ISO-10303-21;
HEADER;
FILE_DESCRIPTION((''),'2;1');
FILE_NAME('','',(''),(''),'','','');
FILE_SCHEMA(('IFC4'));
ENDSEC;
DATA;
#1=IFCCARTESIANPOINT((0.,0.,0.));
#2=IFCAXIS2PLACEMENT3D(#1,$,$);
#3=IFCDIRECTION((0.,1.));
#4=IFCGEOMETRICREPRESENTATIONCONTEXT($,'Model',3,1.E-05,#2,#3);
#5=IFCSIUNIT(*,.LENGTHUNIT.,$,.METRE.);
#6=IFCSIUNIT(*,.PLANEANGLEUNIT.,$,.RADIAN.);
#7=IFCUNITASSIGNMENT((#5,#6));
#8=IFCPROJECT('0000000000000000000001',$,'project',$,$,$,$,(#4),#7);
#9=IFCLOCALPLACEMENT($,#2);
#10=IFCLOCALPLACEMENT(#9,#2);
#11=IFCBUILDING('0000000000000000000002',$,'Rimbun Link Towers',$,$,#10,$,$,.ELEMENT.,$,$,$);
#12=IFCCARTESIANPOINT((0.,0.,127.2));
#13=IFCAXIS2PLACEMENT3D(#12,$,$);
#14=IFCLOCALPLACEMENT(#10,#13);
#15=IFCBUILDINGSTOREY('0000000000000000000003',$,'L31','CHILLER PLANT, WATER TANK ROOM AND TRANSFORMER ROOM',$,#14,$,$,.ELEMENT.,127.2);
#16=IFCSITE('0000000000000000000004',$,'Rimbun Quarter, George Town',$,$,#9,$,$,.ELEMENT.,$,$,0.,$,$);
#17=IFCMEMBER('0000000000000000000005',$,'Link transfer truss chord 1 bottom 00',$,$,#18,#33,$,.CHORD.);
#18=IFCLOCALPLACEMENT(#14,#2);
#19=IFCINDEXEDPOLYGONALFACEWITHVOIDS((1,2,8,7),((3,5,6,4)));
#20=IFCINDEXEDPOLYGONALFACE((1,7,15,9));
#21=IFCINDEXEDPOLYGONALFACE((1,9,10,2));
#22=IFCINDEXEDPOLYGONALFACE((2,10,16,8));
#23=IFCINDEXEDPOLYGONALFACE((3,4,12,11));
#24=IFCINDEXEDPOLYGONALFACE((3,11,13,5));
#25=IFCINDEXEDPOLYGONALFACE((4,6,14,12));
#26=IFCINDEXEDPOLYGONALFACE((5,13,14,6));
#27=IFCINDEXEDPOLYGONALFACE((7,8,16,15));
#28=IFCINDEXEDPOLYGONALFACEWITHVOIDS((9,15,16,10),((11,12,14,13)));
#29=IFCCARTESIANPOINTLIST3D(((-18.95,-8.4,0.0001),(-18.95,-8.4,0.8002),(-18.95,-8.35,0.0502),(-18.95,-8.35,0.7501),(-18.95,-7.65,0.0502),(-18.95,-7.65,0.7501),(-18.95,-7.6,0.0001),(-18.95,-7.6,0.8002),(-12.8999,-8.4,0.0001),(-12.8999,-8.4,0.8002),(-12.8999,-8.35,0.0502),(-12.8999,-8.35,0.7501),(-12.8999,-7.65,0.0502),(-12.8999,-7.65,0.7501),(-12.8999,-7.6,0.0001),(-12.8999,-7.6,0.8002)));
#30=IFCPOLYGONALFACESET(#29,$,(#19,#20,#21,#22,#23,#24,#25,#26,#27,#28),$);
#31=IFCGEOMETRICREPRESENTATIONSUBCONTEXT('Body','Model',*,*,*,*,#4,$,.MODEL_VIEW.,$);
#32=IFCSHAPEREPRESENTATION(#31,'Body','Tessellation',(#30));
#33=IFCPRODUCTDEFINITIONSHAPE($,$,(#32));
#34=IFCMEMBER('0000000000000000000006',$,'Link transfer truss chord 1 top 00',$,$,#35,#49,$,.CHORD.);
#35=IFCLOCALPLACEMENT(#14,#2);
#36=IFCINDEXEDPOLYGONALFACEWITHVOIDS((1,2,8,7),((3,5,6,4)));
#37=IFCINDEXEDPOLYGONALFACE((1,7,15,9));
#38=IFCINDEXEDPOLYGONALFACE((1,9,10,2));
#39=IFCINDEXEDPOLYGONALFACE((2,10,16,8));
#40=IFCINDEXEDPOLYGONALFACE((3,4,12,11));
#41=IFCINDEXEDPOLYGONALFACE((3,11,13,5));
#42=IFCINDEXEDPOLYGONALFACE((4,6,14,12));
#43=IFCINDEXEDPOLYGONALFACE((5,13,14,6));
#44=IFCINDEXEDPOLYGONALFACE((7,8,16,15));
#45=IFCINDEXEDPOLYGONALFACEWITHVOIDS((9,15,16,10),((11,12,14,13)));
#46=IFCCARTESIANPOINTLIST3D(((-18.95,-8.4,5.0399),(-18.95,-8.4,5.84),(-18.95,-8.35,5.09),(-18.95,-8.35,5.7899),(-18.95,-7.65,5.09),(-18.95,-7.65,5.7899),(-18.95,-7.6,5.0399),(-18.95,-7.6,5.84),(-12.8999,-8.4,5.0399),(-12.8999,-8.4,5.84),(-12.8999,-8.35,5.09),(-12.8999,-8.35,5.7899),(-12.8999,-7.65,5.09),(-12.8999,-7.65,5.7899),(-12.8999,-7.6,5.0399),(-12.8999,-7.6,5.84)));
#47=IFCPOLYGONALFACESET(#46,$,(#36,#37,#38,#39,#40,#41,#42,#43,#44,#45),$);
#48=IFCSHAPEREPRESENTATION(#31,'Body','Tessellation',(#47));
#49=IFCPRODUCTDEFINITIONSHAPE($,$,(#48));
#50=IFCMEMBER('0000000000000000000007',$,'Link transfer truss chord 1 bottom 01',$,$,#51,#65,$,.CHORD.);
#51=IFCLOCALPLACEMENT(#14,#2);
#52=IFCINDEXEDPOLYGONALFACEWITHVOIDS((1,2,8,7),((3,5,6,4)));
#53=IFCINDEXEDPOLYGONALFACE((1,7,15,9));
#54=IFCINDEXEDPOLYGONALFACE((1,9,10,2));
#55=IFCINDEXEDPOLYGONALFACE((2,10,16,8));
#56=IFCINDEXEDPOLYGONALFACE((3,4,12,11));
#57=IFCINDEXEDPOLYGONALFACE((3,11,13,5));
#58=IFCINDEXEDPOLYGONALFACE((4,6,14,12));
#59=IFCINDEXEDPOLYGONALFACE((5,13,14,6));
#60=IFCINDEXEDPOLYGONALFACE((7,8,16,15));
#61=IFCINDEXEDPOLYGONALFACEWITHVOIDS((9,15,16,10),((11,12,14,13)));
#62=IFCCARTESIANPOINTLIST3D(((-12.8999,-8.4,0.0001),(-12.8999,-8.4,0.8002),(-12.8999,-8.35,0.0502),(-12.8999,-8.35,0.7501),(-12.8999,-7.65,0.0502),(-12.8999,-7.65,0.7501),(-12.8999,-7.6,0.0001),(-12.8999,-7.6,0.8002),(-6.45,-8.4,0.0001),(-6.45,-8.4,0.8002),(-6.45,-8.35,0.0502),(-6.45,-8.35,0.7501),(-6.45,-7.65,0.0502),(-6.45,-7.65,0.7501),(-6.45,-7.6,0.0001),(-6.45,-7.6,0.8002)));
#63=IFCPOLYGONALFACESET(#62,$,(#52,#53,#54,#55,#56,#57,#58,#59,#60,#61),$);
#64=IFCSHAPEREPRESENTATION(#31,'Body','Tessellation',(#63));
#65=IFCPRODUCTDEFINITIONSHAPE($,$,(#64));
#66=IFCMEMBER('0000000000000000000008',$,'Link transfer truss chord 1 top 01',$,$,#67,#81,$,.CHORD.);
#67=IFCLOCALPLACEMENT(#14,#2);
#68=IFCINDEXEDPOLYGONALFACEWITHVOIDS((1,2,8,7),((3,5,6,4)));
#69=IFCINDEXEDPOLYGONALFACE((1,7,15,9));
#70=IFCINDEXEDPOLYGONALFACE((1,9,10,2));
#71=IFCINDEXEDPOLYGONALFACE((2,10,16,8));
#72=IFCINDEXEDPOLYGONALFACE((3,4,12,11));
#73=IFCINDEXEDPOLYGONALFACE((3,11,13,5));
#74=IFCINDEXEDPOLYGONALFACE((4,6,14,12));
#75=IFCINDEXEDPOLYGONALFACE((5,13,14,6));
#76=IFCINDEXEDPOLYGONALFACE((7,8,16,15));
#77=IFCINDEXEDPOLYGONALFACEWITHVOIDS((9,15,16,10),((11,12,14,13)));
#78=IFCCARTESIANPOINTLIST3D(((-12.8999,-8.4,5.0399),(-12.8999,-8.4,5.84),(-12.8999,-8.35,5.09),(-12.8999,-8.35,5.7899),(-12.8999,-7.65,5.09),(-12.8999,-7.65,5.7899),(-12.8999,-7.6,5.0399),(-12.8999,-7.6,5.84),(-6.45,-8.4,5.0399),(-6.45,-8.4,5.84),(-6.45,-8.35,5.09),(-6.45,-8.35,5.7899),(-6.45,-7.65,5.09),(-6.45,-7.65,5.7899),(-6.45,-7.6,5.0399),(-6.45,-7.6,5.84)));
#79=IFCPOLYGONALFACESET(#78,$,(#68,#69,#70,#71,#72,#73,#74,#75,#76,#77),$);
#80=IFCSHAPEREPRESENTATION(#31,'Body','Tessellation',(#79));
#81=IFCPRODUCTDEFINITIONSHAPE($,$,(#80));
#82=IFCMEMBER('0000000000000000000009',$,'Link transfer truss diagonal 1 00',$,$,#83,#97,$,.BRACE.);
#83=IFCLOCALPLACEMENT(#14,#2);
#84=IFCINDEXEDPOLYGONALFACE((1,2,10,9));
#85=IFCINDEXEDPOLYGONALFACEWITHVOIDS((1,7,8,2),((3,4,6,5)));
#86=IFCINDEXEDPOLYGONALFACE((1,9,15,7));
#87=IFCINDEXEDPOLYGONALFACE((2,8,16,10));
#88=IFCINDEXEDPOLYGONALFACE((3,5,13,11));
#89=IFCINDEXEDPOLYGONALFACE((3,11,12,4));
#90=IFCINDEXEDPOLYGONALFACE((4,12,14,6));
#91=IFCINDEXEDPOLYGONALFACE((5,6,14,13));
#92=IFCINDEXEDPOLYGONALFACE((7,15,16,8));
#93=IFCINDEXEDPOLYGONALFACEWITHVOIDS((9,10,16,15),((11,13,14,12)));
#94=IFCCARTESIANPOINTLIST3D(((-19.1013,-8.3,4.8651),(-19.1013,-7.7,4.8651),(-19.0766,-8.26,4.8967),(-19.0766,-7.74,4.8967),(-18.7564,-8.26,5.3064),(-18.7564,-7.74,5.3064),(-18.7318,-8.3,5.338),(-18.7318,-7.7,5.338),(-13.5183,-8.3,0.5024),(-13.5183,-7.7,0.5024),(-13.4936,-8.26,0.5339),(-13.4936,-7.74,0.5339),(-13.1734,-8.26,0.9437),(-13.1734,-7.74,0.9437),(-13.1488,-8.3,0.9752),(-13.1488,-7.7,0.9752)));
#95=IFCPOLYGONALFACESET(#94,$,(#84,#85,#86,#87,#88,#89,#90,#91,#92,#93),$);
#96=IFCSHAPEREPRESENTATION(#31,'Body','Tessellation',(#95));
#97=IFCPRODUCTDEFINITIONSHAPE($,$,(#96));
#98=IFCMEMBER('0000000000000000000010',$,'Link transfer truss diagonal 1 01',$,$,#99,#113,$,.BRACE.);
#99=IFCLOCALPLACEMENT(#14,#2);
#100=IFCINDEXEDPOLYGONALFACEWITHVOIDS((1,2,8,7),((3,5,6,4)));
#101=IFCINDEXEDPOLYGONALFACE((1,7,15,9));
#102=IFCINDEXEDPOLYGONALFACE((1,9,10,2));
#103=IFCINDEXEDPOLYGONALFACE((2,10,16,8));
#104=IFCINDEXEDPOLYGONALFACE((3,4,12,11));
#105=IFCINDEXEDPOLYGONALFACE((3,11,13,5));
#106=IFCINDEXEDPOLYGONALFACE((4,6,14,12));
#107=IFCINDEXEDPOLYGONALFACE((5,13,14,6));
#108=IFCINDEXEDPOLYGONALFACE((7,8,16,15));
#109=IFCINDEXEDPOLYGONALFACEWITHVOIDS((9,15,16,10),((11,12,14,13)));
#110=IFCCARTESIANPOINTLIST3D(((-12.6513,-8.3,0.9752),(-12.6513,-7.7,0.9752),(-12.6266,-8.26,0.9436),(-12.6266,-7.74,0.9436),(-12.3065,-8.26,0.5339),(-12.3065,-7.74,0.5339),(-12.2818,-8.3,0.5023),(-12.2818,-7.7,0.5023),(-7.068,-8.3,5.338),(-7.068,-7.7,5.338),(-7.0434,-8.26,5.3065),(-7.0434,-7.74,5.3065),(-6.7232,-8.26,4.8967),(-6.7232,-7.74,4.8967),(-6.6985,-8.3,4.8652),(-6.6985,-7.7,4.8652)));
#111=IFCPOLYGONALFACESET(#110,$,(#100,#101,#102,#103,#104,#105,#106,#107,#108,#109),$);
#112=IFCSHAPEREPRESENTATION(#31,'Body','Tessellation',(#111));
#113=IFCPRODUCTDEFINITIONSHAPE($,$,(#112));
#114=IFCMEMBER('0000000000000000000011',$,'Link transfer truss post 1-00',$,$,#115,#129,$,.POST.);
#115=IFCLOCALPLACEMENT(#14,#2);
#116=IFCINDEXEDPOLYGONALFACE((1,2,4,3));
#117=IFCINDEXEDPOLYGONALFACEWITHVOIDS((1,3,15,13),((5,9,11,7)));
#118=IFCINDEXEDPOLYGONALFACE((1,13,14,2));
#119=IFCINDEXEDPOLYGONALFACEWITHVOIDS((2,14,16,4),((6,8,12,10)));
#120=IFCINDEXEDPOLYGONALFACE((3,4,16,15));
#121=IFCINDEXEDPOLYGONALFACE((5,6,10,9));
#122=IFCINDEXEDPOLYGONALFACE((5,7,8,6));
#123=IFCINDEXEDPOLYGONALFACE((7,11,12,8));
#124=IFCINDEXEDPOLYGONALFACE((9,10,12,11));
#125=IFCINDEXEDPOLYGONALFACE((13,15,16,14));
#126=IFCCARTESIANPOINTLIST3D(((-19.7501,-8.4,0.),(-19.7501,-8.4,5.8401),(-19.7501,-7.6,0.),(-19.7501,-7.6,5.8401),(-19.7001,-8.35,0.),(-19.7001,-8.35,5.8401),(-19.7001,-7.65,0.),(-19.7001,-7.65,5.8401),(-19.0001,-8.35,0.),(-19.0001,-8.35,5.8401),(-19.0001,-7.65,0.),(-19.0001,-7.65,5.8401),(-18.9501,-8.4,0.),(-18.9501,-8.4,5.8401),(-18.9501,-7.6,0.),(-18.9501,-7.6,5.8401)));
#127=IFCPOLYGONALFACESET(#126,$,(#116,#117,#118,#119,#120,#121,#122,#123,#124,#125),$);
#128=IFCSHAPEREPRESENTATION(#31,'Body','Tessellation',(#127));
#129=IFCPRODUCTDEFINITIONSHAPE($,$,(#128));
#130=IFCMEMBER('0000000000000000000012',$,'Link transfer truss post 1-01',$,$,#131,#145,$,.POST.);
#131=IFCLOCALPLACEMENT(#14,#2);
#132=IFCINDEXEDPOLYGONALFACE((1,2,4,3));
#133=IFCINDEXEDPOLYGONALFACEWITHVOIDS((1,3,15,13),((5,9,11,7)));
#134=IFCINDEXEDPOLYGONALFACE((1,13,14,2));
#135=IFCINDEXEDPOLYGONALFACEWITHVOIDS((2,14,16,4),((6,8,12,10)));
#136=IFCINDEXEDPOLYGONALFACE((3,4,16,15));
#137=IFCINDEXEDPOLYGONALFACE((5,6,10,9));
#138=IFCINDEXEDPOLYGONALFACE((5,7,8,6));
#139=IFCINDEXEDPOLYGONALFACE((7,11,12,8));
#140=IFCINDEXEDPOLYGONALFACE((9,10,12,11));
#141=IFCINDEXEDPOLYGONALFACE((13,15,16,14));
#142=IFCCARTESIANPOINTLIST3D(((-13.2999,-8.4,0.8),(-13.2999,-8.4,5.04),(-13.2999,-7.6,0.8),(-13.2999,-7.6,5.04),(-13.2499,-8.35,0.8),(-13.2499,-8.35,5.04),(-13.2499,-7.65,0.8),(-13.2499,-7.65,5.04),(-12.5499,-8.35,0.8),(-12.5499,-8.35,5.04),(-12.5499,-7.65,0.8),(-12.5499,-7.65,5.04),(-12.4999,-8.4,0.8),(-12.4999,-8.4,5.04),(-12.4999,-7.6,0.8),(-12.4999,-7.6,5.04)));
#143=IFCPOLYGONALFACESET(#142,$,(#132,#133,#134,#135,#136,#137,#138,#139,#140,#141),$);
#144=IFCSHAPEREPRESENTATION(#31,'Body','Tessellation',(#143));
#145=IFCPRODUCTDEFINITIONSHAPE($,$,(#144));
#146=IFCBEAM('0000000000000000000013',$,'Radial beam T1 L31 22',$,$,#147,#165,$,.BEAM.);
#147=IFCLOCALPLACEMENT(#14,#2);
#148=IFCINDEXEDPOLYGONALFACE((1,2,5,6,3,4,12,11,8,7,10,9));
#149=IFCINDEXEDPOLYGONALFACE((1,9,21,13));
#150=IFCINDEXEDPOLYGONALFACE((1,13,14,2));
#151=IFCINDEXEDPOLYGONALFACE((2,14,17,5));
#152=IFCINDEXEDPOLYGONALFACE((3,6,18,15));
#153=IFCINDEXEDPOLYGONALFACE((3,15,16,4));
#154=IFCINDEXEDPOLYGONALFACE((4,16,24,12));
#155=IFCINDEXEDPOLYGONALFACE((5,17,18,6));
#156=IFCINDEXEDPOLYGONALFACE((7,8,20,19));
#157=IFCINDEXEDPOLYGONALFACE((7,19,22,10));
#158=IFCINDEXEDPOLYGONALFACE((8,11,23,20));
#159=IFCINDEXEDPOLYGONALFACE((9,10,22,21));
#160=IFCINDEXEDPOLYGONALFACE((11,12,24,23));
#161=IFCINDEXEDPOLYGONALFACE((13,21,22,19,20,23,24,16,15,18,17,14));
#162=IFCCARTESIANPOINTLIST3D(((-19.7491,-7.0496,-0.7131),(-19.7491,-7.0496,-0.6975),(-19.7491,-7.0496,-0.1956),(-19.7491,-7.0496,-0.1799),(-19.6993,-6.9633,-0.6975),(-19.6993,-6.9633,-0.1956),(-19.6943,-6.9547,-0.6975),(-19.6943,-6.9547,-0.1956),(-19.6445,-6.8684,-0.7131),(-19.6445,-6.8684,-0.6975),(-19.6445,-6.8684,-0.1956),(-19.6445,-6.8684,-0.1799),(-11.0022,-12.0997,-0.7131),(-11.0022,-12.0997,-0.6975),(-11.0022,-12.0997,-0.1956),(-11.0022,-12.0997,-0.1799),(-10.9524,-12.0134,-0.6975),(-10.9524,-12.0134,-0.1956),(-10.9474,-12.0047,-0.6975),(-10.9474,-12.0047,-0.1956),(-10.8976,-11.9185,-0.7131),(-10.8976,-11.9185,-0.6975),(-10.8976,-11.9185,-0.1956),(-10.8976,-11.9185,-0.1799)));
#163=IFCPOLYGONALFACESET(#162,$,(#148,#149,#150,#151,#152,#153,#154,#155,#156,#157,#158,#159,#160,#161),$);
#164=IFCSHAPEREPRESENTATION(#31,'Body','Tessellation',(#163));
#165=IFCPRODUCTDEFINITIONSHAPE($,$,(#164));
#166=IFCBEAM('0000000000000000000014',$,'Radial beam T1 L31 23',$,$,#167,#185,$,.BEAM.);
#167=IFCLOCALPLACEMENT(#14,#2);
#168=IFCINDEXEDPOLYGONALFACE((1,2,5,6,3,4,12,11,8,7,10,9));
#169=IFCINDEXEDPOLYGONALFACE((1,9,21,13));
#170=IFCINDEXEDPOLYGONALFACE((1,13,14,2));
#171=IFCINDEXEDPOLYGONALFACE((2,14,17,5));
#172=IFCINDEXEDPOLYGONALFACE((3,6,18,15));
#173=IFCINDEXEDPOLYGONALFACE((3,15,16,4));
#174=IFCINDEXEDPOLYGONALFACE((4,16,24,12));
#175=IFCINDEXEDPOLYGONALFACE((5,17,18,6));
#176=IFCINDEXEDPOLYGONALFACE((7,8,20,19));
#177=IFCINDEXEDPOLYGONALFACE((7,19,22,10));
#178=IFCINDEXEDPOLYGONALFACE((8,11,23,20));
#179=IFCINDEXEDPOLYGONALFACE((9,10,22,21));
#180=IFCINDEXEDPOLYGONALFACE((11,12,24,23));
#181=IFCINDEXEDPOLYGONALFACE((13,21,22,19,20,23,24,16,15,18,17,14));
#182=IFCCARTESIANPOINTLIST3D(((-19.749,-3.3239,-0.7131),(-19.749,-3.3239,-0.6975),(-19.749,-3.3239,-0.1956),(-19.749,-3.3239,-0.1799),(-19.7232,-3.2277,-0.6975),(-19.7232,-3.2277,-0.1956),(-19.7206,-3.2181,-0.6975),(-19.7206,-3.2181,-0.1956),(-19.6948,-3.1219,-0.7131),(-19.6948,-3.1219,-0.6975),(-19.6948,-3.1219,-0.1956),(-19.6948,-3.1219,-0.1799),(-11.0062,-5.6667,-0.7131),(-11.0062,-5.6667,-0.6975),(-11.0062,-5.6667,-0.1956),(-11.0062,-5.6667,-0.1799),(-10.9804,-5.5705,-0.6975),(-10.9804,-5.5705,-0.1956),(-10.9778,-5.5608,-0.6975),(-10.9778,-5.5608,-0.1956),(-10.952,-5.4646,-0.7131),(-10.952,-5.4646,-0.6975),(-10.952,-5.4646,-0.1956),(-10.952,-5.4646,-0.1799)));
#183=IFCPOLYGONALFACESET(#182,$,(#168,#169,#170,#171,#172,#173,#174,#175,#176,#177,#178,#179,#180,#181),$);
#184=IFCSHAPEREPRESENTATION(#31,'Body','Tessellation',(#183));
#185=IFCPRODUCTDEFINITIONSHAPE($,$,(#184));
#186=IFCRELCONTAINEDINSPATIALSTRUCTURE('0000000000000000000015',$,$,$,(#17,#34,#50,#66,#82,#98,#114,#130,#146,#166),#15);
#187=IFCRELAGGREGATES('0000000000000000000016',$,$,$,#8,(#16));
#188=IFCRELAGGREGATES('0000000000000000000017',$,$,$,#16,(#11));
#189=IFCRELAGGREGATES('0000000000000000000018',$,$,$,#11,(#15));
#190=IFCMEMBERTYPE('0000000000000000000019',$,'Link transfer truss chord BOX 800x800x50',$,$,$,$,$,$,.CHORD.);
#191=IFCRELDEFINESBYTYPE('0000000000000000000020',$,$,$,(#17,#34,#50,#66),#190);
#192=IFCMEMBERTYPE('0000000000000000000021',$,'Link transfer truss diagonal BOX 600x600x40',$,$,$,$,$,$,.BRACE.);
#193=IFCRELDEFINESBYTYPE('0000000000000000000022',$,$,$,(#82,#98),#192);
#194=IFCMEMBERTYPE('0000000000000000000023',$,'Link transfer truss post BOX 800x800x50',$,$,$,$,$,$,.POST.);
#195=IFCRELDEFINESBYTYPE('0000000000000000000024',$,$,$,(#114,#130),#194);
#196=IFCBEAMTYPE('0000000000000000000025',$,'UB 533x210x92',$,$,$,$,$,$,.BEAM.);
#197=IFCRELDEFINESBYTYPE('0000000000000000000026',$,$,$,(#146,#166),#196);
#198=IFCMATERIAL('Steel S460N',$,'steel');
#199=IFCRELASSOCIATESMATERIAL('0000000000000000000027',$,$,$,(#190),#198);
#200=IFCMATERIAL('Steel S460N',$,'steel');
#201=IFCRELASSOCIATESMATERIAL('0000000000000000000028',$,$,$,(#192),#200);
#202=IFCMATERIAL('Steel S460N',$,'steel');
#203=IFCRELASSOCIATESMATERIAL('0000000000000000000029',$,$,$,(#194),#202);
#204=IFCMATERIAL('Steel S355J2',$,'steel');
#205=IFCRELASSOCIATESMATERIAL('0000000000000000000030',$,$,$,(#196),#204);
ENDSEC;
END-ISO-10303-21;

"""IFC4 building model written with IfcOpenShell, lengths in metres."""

from ifc_helpers import new_model, si_unit, direction, frame, origin, origin_2d, place, context, subcontext, project, spatial, hollow_rectangle, i_section, extrude, material, material_profile, profile_set, type_object, element, save


model = new_model("IFC4")

# Units and contexts
model_context = context("Model", 3, precision=1e-05, world=origin(), true_north=direction((0.0, 1.0)))
body_context = subcontext(model_context, "Body", "Model", "MODEL_VIEW")
ifc_project = project(units=[si_unit("LENGTHUNIT", "METRE"), si_unit("PLANEANGLEUNIT", "RADIAN")], contexts=[model_context])

# Site, building, storey
site_placement = place(None, origin())
site = spatial("IfcSite", under=ifc_project, at=site_placement, Name="Rimbun Quarter, George Town", CompositionType="ELEMENT", RefElevation=0.0)
building_placement = place(site_placement, origin())
building = spatial("IfcBuilding", under=site, at=building_placement, Name="Rimbun Link Towers", CompositionType="ELEMENT")
storey_placement = place(building_placement, frame((0.0, 0.0, 127.2)))
storey = spatial("IfcBuildingStorey", under=building, at=storey_placement, Name="L31", Description="CHILLER PLANT, WATER TANK ROOM AND TRANSFORMER ROOM", CompositionType="ELEMENT", Elevation=127.2)

# Members
ifc_material_1 = material(Name="Steel S460N", Category="steel")
ifc_material_profile_1 = material_profile(ifc_material_1, hollow_rectangle(XDim=0.8, YDim=0.8, WallThickness=0.05, at=origin_2d()), Name="Link transfer truss chord BOX 800x800x50")
ifc_profile_set_1 = profile_set([ifc_material_profile_1], Name="Steel S460N")
member_type_1 = type_object("IfcMemberType", Name="Link transfer truss chord BOX 800x800x50", PredefinedType="CHORD", material=ifc_profile_set_1)
for number, where, z_axis, x_axis, name in (
    (1, (-18.95, -8.0, 0.4001), (1.0, 0.0, 0.0), (0.0, 1.0, 0.0), "Link transfer truss chord 1 bottom 00"),
    (2, (-18.95, -8.0, 5.4399), (1.0, 0.0, 0.0), (0.0, 1.0, 0.0), "Link transfer truss chord 1 top 00"),
):
    element("IfcMember", number, at=place(storey_placement, frame(where, z_axis=z_axis, x_axis=x_axis)), inside=storey, type_object=member_type_1, Name=name, PredefinedType="CHORD", context=body_context, shape_type="SweptSolid", body=[
        extrude(hollow_rectangle(XDim=0.8, YDim=0.8, WallThickness=0.05, at=origin_2d()), origin(), (0.0, 0.0, 1.0), 6.05),
    ])
for number, where, z_axis, x_axis, name in (
    (3, (-12.8999, -8.0, 0.4001), (1.0, 0.0, 0.0), (0.0, 1.0, 0.0), "Link transfer truss chord 1 bottom 01"),
    (4, (-12.8999, -8.0, 5.4399), (1.0, 0.0, 0.0), (0.0, 1.0, 0.0), "Link transfer truss chord 1 top 01"),
):
    element("IfcMember", number, at=place(storey_placement, frame(where, z_axis=z_axis, x_axis=x_axis)), inside=storey, type_object=member_type_1, Name=name, PredefinedType="CHORD", context=body_context, shape_type="SweptSolid", body=[
        extrude(hollow_rectangle(XDim=0.8, YDim=0.8, WallThickness=0.05, at=origin_2d()), origin(), (0.0, 0.0, 1.0), 6.45),
    ])
ifc_material_2 = material(Name="Steel S460N", Category="steel")
ifc_material_profile_2 = material_profile(ifc_material_2, hollow_rectangle(XDim=0.6001, YDim=0.6001, WallThickness=0.04, at=origin_2d()), Name="Link transfer truss diagonal BOX 600x600x40")
ifc_profile_set_2 = profile_set([ifc_material_profile_2], Name="Steel S460N")
member_type_2 = type_object("IfcMemberType", Name="Link transfer truss diagonal BOX 600x600x40", PredefinedType="BRACE", material=ifc_profile_set_2)
member_1_placement = place(storey_placement, frame((-18.9165, -8.0, 5.1016), z_axis=(0.787951, 0.0, -0.615738), x_axis=(0.0, 1.0, 0.0)))
element("IfcMember", 5, at=member_1_placement, inside=storey, type_object=member_type_2, Name="Link transfer truss diagonal 1 00", PredefinedType="BRACE", context=body_context, shape_type="SweptSolid", body=[
    extrude(hollow_rectangle(XDim=0.6001, YDim=0.6001, WallThickness=0.04, at=origin_2d()), origin(), (0.0, 0.0, 1.0), 7.0854),
])
member_2_placement = place(storey_placement, frame((-12.4666, -8.0, 0.7388), z_axis=(0.787964, 0.0, 0.615721), x_axis=(0.0, 1.0, 0.0)))
element("IfcMember", 6, at=member_2_placement, inside=storey, type_object=member_type_2, Name="Link transfer truss diagonal 1 01", PredefinedType="BRACE", context=body_context, shape_type="SweptSolid", body=[
    extrude(hollow_rectangle(XDim=0.6001, YDim=0.6001, WallThickness=0.04, at=origin_2d()), origin(), (0.0, 0.0, 1.0), 7.0857),
])
ifc_material_3 = material(Name="Steel S460N", Category="steel")
ifc_material_profile_3 = material_profile(ifc_material_3, hollow_rectangle(XDim=0.8, YDim=0.8, WallThickness=0.05, at=origin_2d()), Name="Link transfer truss post BOX 800x800x50")
ifc_profile_set_3 = profile_set([ifc_material_profile_3], Name="Steel S460N")
member_type_3 = type_object("IfcMemberType", Name="Link transfer truss post BOX 800x800x50", PredefinedType="POST", material=ifc_profile_set_3)
member_3_placement = place(storey_placement, frame((-19.3501, -8.0, 0.0), z_axis=(0.0, 0.0, 1.0), x_axis=(1.0, 0.0, 0.0)))
element("IfcMember", 7, at=member_3_placement, inside=storey, type_object=member_type_3, Name="Link transfer truss post 1-00", PredefinedType="POST", context=body_context, shape_type="SweptSolid", body=[
    extrude(hollow_rectangle(XDim=0.8, YDim=0.8, WallThickness=0.05, at=origin_2d()), origin(), (0.0, 0.0, 1.0), 5.8401),
])
member_4_placement = place(storey_placement, frame((-12.8999, -8.0, 0.8), z_axis=(0.0, 0.0, 1.0), x_axis=(1.0, 0.0, 0.0)))
element("IfcMember", 8, at=member_4_placement, inside=storey, type_object=member_type_3, Name="Link transfer truss post 1-01", PredefinedType="POST", context=body_context, shape_type="SweptSolid", body=[
    extrude(hollow_rectangle(XDim=0.8, YDim=0.8, WallThickness=0.05, at=origin_2d()), origin(), (0.0, 0.0, 1.0), 4.24),
])

# Beams
ifc_material_4 = material(Name="Steel S355J2", Category="steel")
ifc_material_profile_4 = material_profile(ifc_material_4, i_section(OverallWidth=0.2092, OverallDepth=0.5332, WebThickness=0.01, FlangeThickness=0.0156, at=origin_2d()), Name="UB 533x210x92")
ifc_profile_set_4 = profile_set([ifc_material_profile_4], Name="Steel S355J2")
beam_type_1 = type_object("IfcBeamType", Name="UB 533x210x92", PredefinedType="BEAM", material=ifc_profile_set_4)
beam_1_placement = place(storey_placement, frame((-19.6968, -6.959, -0.4465), z_axis=(0.866023, -0.500005, 0.0), x_axis=(0.500005, 0.866023, 0.0)))
element("IfcBeam", 9, at=beam_1_placement, inside=storey, type_object=beam_type_1, Name="Radial beam T1 L31 22", PredefinedType="BEAM", context=body_context, shape_type="SweptSolid", body=[
    extrude(i_section(OverallWidth=0.2092, OverallDepth=0.5332, WebThickness=0.01, FlangeThickness=0.0156, at=origin_2d()), origin(), (0.0, 0.0, 1.0), 10.1001),
])
beam_2_placement = place(storey_placement, frame((-19.7219, -3.2229, -0.4465), z_axis=(0.965923, -0.258831, 0.0), x_axis=(0.258831, 0.965923, 0.0)))
element("IfcBeam", 10, at=beam_2_placement, inside=storey, type_object=beam_type_1, Name="Radial beam T1 L31 23", PredefinedType="BEAM", context=body_context, shape_type="SweptSolid", body=[
    extrude(i_section(OverallWidth=0.2092, OverallDepth=0.5332, WebThickness=0.01, FlangeThickness=0.0156, at=origin_2d()), origin(), (0.0, 0.0, 1.0), 9.0513),
])

save(model, "model.ifc")
